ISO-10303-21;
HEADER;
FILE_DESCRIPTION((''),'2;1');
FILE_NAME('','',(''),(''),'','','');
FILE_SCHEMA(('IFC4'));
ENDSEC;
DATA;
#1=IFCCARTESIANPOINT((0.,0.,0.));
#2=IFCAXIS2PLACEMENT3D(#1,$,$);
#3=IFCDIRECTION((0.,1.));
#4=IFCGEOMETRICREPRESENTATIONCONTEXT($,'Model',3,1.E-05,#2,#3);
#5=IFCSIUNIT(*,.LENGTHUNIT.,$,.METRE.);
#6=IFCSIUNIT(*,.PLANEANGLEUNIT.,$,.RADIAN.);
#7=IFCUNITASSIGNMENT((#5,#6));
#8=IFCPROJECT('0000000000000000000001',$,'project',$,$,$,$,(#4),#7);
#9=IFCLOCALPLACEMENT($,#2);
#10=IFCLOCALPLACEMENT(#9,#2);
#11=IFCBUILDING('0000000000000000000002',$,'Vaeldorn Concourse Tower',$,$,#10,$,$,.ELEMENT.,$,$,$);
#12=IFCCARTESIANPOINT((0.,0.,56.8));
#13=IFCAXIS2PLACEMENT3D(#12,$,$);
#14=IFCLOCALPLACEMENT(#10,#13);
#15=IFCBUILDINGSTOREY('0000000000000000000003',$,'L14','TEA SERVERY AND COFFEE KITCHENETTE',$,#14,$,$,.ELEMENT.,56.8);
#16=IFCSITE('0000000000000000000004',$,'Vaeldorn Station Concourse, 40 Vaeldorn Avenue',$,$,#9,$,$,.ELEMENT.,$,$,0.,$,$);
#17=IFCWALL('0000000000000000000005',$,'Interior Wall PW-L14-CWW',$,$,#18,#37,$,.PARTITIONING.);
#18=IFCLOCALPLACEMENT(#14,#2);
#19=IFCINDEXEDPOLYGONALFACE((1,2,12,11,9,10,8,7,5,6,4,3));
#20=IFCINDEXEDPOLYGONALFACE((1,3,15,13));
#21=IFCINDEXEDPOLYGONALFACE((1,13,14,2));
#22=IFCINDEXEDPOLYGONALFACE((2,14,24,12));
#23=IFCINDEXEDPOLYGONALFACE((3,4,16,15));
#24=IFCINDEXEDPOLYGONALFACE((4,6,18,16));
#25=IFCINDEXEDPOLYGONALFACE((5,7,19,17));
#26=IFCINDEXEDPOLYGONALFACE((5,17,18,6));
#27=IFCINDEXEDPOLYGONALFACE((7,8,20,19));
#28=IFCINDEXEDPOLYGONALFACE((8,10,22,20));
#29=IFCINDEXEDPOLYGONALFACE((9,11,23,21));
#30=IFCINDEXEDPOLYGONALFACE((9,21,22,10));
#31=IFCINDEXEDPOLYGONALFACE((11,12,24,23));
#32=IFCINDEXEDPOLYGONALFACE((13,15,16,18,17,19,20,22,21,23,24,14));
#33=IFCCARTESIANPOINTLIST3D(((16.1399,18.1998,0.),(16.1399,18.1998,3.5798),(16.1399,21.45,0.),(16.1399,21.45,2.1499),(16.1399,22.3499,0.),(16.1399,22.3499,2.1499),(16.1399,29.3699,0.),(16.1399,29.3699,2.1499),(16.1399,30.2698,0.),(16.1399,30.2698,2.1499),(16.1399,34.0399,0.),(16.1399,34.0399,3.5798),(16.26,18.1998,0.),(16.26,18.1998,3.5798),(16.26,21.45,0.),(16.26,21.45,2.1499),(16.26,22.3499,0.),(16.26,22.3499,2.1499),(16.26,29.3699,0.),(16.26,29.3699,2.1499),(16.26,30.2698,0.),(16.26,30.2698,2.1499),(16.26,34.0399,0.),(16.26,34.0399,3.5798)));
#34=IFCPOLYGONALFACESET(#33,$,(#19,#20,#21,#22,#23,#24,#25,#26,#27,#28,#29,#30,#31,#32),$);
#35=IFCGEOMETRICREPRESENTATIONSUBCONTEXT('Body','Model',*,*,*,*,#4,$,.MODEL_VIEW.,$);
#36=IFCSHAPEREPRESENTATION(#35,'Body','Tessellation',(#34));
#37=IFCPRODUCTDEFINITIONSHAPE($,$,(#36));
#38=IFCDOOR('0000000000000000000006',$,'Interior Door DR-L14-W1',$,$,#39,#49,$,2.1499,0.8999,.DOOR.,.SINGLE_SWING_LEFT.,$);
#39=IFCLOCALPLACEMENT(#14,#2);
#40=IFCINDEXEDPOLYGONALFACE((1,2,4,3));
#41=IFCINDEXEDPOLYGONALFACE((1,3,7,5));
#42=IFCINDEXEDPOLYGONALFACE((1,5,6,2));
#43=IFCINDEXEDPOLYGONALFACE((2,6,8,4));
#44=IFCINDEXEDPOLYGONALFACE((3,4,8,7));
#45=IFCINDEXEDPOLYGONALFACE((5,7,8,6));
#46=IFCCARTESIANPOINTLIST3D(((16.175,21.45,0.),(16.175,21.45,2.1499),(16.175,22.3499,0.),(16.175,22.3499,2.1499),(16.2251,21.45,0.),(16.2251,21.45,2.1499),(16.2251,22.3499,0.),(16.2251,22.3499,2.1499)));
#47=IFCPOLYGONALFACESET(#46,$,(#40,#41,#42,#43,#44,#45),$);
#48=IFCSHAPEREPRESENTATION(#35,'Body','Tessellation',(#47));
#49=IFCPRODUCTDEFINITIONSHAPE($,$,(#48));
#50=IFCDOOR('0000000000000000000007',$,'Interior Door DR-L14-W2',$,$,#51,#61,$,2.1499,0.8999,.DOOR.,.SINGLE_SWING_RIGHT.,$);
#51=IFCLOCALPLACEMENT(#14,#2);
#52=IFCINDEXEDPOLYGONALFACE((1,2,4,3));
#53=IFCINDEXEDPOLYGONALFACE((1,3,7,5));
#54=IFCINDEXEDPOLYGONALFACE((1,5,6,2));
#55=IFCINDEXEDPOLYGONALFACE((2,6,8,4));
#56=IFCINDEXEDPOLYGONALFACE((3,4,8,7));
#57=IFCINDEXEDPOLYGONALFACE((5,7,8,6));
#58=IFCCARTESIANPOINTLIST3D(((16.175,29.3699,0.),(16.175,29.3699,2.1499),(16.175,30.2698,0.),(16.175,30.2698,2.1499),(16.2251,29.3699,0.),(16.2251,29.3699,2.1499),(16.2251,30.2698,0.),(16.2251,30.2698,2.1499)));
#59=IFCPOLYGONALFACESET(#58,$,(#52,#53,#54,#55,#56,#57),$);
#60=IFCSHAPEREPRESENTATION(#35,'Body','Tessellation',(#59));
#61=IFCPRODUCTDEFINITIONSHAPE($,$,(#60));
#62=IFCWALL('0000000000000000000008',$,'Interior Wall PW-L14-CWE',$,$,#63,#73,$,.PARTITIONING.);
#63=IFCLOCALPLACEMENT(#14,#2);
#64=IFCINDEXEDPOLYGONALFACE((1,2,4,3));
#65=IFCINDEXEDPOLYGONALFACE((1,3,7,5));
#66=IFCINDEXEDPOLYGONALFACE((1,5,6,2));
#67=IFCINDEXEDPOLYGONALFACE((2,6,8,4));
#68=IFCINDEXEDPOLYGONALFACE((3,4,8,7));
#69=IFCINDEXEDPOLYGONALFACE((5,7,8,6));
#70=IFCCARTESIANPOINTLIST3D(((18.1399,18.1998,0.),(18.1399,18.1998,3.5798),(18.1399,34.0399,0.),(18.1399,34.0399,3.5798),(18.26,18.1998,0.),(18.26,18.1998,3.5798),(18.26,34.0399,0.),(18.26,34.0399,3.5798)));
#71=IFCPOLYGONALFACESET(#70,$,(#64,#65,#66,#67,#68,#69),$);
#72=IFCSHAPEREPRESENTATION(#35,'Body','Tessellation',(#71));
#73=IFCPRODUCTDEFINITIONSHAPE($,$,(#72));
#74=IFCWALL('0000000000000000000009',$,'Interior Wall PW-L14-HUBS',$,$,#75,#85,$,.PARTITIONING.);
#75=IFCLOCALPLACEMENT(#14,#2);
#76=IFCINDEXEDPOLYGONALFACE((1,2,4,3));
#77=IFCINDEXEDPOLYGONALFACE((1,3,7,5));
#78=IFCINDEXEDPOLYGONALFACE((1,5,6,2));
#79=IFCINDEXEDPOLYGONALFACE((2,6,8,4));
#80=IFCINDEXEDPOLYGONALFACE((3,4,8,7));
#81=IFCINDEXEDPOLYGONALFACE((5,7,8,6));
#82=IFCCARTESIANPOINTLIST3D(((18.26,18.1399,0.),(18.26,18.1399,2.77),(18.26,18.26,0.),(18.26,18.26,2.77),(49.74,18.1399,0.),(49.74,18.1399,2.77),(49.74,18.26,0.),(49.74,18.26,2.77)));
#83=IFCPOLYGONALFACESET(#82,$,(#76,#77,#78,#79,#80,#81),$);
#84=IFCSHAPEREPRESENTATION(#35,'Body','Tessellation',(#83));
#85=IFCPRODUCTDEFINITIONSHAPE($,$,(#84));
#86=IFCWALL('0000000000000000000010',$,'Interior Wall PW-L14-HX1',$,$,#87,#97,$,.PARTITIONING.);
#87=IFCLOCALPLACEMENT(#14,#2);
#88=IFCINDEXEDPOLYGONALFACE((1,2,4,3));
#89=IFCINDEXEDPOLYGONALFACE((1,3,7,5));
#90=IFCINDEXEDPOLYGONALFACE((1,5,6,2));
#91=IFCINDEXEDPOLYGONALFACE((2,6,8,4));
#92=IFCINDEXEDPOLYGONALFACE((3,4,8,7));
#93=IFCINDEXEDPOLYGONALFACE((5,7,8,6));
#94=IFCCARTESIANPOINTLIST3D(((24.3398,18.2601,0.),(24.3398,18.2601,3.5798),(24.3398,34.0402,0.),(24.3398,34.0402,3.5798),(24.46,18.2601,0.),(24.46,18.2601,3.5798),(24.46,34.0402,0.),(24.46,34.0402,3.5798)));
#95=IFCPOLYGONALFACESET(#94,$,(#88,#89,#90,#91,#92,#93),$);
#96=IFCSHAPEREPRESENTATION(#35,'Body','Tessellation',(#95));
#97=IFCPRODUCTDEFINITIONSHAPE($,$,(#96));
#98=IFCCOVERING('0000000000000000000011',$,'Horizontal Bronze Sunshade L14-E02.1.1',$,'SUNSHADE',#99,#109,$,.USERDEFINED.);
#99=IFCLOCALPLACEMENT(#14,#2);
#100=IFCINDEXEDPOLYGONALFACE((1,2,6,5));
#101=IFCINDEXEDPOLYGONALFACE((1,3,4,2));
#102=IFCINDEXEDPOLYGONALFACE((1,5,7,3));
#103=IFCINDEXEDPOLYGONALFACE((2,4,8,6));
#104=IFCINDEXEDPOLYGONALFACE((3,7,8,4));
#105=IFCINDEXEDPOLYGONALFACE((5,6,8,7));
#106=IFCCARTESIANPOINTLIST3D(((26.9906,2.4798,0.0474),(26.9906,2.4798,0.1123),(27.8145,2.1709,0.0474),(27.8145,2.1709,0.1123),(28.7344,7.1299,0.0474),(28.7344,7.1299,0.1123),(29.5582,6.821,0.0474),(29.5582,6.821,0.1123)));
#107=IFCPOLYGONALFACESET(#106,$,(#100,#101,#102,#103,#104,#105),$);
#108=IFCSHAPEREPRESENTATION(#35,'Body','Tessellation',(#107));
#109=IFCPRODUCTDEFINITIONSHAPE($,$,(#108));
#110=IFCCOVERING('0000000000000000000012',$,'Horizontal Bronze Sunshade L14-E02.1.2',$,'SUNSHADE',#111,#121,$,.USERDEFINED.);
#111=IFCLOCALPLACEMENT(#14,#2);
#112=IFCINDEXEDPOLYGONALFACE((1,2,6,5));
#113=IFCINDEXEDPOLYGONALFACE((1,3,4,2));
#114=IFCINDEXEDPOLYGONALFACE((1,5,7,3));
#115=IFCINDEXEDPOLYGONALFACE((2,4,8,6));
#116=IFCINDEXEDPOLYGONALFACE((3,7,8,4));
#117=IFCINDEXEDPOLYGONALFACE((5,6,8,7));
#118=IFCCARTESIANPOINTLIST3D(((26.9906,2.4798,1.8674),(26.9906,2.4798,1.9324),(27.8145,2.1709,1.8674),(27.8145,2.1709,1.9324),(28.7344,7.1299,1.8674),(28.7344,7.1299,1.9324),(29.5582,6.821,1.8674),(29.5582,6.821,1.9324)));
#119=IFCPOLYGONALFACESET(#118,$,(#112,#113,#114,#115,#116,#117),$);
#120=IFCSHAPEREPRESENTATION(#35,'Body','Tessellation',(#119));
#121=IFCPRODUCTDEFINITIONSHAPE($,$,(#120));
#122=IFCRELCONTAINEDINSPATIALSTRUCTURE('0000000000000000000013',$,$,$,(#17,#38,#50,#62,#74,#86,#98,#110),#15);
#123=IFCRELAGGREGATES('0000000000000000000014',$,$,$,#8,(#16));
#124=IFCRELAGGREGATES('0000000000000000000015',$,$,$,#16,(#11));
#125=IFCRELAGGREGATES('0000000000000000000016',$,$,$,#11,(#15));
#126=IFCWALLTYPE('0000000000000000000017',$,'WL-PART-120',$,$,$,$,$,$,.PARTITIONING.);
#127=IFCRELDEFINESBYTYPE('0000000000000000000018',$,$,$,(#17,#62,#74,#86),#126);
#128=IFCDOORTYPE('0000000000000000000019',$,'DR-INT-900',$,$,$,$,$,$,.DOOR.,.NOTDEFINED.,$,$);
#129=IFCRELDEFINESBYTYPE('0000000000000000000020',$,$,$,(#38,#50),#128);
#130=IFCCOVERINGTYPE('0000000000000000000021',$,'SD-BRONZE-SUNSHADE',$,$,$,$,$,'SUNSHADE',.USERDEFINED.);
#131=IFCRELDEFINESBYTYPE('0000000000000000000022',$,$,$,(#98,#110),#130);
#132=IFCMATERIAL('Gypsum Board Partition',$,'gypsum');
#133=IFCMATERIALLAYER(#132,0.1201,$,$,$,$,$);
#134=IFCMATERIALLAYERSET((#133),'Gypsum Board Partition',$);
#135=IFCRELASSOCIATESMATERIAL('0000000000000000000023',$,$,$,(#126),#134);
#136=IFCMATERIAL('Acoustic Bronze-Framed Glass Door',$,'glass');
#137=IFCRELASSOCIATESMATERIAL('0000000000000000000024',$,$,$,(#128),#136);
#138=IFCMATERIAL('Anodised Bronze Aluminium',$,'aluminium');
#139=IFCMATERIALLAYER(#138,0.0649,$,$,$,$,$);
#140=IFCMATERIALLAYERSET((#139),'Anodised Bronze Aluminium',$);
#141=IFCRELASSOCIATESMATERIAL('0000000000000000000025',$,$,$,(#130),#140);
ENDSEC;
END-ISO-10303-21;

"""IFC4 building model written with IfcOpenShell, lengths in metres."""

from ifc_helpers import new_model, si_unit, direction, frame, frame_2d, origin, origin_2d, place, context, subcontext, project, spatial, rectangle, extrude, source, transform, mapped, material, layer, layer_set, type_object, element, fill, save


model = new_model("IFC4")

# Units and contexts
model_context = context("Model", 3, precision=1e-05, world=origin(), true_north=direction((0.0, 1.0)))
body_context = subcontext(model_context, "Body", "Model", "MODEL_VIEW")
ifc_project = project(units=[si_unit("LENGTHUNIT", "METRE"), si_unit("PLANEANGLEUNIT", "RADIAN")], contexts=[model_context])

# Site, building, storey
site_placement = place(None, origin())
site = spatial("IfcSite", under=ifc_project, at=site_placement, Name="Vaeldorn Station Concourse, 40 Vaeldorn Avenue", CompositionType="ELEMENT", RefElevation=0.0)
building_placement = place(site_placement, origin())
building = spatial("IfcBuilding", under=site, at=building_placement, Name="Vaeldorn Concourse Tower", CompositionType="ELEMENT")
storey_placement = place(building_placement, frame((0.0, 0.0, 56.8)))
storey = spatial("IfcBuildingStorey", under=building, at=storey_placement, Name="L14", Description="TEA SERVERY AND COFFEE KITCHENETTE", CompositionType="ELEMENT", Elevation=56.8)

# Shared definitions
ifc_material_1 = material(Name="Anodised Bronze Aluminium", Category="aluminium")

# Wall, openings, doors
ifc_material_2 = material(Name="Gypsum Board Partition", Category="gypsum")
ifc_layer_1 = layer(ifc_material_2, 0.1201)
ifc_layer_set_1 = layer_set([ifc_layer_1], Name="Gypsum Board Partition")
wall_type = type_object("IfcWallType", Name="WL-PART-120", PredefinedType="PARTITIONING", material=ifc_layer_set_1)
wall_1_placement = place(storey_placement, frame((16.2, 18.2, 0.0), z_axis=(0.0, 0.0, 1.0), x_axis=(0.0, 1.0, 0.0)))
wall_1 = element("IfcWall", 1, at=wall_1_placement, inside=storey, type_object=wall_type, Name="Interior Wall PW-L14-CWW", PredefinedType="PARTITIONING", context=body_context, shape_type="SweptSolid", body=[
    extrude(rectangle(XDim=15.8401, YDim=0.1201, at=frame_2d((7.9199, 0.0))), origin(), (0.0, 0.0, 1.0), 3.5798),
])
opening_1_placement = place(wall_1_placement, frame((3.25, 0.0, 0.0)))
opening_1 = element("IfcOpeningElement", 2, at=opening_1_placement, cuts=wall_1, PredefinedType="OPENING", context=body_context, shape_type="SweptSolid", body=[
    extrude(rectangle(XDim=0.8999, YDim=2.1499, at=frame_2d((0.45, 1.075))), frame((0.0, 0.0701, 0.0), z_axis=(0.0, -1.0, 0.0), x_axis=(1.0, 0.0, 0.0)), (0.0, 0.0, 1.0), 0.1401),
])
opening_2_placement = place(wall_1_placement, frame((11.1699, 0.0, 0.0)))
opening_2 = element("IfcOpeningElement", 3, at=opening_2_placement, cuts=wall_1, PredefinedType="OPENING", context=body_context, shape_type="SweptSolid", body=[
    extrude(rectangle(XDim=0.8999, YDim=2.1499, at=frame_2d((0.45, 1.075))), frame((0.0, 0.0701, 0.0), z_axis=(0.0, -1.0, 0.0), x_axis=(1.0, 0.0, 0.0)), (0.0, 0.0, 1.0), 0.1401),
])
ifc_material_3 = material(Name="Acoustic Bronze-Framed Glass Door", Category="glass")
door_type = type_object("IfcDoorType", Name="DR-INT-900", OperationType="NOTDEFINED", PredefinedType="DOOR", material=ifc_material_3)
shared_shape_1 = source(origin(), body_context, "Body", "SweptSolid", [
    extrude(rectangle(XDim=0.8999, YDim=2.1499, at=frame_2d((0.45, 1.075))), frame((0.0, 0.0249, 0.0), z_axis=(0.0, -1.0, 0.0), x_axis=(1.0, 0.0, 0.0)), (0.0, 0.0, 1.0), 0.05),
])
door_1_placement = place(opening_1_placement, origin())
door_1 = element("IfcDoor", 4, at=door_1_placement, inside=storey, type_object=door_type, Name="Interior Door DR-L14-W1", OperationType="SINGLE_SWING_LEFT", OverallHeight=2.1499, OverallWidth=0.8999, PredefinedType="DOOR", context=body_context, shape_type="MappedRepresentation", body=[
    mapped(shared_shape_1, transform((0.0, 0.0, 0.0), scale=1.0)),
])
fill(opening_1, door_1)
door_2_placement = place(opening_2_placement, origin())
door_2 = element("IfcDoor", 5, at=door_2_placement, inside=storey, type_object=door_type, Name="Interior Door DR-L14-W2", OperationType="SINGLE_SWING_RIGHT", OverallHeight=2.1499, OverallWidth=0.8999, PredefinedType="DOOR", context=body_context, shape_type="MappedRepresentation", body=[
    mapped(shared_shape_1, transform((0.0, 0.0, 0.0), scale=1.0)),
])
fill(opening_2, door_2)

# Wall
wall_2_placement = place(storey_placement, frame((18.2, 18.2, 0.0), z_axis=(0.0, 0.0, 1.0), x_axis=(0.0, 1.0, 0.0)))
element("IfcWall", 6, at=wall_2_placement, inside=storey, type_object=wall_type, Name="Interior Wall PW-L14-CWE", PredefinedType="PARTITIONING", context=body_context, shape_type="SweptSolid", body=[
    extrude(rectangle(XDim=15.8401, YDim=0.1201, at=frame_2d((7.9199, 0.0))), origin(), (0.0, 0.0, 1.0), 3.5798),
])

# Walls
wall_3_placement = place(storey_placement, frame((18.26, 18.2, 0.0), z_axis=(0.0, 0.0, 1.0), x_axis=(1.0, 0.0, 0.0)))
element("IfcWall", 7, at=wall_3_placement, inside=storey, type_object=wall_type, Name="Interior Wall PW-L14-HUBS", PredefinedType="PARTITIONING", context=body_context, shape_type="SweptSolid", body=[
    extrude(rectangle(XDim=31.48, YDim=0.1201, at=frame_2d((15.74, 0.0))), origin(), (0.0, 0.0, 1.0), 2.77),
])
wall_4_placement = place(storey_placement, frame((24.3999, 18.26, 0.0), z_axis=(0.0, 0.0, 1.0), x_axis=(0.0, 1.0, 0.0)))
element("IfcWall", 8, at=wall_4_placement, inside=storey, type_object=wall_type, Name="Interior Wall PW-L14-HX1", PredefinedType="PARTITIONING", context=body_context, shape_type="SweptSolid", body=[
    extrude(rectangle(XDim=15.78, YDim=0.1201, at=frame_2d((7.8901, 0.0))), origin(), (0.0, 0.0, 1.0), 3.5798),
])

# Coverings
ifc_layer_2 = layer(ifc_material_1, 0.0649)
ifc_layer_set_2 = layer_set([ifc_layer_2], Name="Anodised Bronze Aluminium")
covering_type = type_object("IfcCoveringType", Name="SD-BRONZE-SUNSHADE", ElementType="SUNSHADE", PredefinedType="USERDEFINED", material=ifc_layer_set_2)
shared_shape_2 = source(origin(), body_context, "Body", "SweptSolid", [
    extrude(rectangle(XDim=4.9663, YDim=0.8799, at=origin_2d()), origin(), (0.0, 0.0, 1.0), 0.0649),
])
for number, where, z_axis, x_axis, name in (
    (9, (28.2744, 4.6504, 0.0474), (0.0, 0.0, 1.0), (0.351123, 0.936329, 0.0), "Horizontal Bronze Sunshade L14-E02.1.1"),
    (10, (28.2744, 4.6504, 1.8674), (0.0, 0.0, 1.0), (0.351123, 0.936329, 0.0), "Horizontal Bronze Sunshade L14-E02.1.2"),
):
    element("IfcCovering", number, at=place(storey_placement, frame(where, z_axis=z_axis, x_axis=x_axis)), inside=storey, type_object=covering_type, Name=name, ObjectType="SUNSHADE", PredefinedType="USERDEFINED", context=body_context, shape_type="MappedRepresentation", body=[
        mapped(shared_shape_2, transform((0.0, 0.0, 0.0), scale=1.0)),
    ])

save(model, "model.ifc")
